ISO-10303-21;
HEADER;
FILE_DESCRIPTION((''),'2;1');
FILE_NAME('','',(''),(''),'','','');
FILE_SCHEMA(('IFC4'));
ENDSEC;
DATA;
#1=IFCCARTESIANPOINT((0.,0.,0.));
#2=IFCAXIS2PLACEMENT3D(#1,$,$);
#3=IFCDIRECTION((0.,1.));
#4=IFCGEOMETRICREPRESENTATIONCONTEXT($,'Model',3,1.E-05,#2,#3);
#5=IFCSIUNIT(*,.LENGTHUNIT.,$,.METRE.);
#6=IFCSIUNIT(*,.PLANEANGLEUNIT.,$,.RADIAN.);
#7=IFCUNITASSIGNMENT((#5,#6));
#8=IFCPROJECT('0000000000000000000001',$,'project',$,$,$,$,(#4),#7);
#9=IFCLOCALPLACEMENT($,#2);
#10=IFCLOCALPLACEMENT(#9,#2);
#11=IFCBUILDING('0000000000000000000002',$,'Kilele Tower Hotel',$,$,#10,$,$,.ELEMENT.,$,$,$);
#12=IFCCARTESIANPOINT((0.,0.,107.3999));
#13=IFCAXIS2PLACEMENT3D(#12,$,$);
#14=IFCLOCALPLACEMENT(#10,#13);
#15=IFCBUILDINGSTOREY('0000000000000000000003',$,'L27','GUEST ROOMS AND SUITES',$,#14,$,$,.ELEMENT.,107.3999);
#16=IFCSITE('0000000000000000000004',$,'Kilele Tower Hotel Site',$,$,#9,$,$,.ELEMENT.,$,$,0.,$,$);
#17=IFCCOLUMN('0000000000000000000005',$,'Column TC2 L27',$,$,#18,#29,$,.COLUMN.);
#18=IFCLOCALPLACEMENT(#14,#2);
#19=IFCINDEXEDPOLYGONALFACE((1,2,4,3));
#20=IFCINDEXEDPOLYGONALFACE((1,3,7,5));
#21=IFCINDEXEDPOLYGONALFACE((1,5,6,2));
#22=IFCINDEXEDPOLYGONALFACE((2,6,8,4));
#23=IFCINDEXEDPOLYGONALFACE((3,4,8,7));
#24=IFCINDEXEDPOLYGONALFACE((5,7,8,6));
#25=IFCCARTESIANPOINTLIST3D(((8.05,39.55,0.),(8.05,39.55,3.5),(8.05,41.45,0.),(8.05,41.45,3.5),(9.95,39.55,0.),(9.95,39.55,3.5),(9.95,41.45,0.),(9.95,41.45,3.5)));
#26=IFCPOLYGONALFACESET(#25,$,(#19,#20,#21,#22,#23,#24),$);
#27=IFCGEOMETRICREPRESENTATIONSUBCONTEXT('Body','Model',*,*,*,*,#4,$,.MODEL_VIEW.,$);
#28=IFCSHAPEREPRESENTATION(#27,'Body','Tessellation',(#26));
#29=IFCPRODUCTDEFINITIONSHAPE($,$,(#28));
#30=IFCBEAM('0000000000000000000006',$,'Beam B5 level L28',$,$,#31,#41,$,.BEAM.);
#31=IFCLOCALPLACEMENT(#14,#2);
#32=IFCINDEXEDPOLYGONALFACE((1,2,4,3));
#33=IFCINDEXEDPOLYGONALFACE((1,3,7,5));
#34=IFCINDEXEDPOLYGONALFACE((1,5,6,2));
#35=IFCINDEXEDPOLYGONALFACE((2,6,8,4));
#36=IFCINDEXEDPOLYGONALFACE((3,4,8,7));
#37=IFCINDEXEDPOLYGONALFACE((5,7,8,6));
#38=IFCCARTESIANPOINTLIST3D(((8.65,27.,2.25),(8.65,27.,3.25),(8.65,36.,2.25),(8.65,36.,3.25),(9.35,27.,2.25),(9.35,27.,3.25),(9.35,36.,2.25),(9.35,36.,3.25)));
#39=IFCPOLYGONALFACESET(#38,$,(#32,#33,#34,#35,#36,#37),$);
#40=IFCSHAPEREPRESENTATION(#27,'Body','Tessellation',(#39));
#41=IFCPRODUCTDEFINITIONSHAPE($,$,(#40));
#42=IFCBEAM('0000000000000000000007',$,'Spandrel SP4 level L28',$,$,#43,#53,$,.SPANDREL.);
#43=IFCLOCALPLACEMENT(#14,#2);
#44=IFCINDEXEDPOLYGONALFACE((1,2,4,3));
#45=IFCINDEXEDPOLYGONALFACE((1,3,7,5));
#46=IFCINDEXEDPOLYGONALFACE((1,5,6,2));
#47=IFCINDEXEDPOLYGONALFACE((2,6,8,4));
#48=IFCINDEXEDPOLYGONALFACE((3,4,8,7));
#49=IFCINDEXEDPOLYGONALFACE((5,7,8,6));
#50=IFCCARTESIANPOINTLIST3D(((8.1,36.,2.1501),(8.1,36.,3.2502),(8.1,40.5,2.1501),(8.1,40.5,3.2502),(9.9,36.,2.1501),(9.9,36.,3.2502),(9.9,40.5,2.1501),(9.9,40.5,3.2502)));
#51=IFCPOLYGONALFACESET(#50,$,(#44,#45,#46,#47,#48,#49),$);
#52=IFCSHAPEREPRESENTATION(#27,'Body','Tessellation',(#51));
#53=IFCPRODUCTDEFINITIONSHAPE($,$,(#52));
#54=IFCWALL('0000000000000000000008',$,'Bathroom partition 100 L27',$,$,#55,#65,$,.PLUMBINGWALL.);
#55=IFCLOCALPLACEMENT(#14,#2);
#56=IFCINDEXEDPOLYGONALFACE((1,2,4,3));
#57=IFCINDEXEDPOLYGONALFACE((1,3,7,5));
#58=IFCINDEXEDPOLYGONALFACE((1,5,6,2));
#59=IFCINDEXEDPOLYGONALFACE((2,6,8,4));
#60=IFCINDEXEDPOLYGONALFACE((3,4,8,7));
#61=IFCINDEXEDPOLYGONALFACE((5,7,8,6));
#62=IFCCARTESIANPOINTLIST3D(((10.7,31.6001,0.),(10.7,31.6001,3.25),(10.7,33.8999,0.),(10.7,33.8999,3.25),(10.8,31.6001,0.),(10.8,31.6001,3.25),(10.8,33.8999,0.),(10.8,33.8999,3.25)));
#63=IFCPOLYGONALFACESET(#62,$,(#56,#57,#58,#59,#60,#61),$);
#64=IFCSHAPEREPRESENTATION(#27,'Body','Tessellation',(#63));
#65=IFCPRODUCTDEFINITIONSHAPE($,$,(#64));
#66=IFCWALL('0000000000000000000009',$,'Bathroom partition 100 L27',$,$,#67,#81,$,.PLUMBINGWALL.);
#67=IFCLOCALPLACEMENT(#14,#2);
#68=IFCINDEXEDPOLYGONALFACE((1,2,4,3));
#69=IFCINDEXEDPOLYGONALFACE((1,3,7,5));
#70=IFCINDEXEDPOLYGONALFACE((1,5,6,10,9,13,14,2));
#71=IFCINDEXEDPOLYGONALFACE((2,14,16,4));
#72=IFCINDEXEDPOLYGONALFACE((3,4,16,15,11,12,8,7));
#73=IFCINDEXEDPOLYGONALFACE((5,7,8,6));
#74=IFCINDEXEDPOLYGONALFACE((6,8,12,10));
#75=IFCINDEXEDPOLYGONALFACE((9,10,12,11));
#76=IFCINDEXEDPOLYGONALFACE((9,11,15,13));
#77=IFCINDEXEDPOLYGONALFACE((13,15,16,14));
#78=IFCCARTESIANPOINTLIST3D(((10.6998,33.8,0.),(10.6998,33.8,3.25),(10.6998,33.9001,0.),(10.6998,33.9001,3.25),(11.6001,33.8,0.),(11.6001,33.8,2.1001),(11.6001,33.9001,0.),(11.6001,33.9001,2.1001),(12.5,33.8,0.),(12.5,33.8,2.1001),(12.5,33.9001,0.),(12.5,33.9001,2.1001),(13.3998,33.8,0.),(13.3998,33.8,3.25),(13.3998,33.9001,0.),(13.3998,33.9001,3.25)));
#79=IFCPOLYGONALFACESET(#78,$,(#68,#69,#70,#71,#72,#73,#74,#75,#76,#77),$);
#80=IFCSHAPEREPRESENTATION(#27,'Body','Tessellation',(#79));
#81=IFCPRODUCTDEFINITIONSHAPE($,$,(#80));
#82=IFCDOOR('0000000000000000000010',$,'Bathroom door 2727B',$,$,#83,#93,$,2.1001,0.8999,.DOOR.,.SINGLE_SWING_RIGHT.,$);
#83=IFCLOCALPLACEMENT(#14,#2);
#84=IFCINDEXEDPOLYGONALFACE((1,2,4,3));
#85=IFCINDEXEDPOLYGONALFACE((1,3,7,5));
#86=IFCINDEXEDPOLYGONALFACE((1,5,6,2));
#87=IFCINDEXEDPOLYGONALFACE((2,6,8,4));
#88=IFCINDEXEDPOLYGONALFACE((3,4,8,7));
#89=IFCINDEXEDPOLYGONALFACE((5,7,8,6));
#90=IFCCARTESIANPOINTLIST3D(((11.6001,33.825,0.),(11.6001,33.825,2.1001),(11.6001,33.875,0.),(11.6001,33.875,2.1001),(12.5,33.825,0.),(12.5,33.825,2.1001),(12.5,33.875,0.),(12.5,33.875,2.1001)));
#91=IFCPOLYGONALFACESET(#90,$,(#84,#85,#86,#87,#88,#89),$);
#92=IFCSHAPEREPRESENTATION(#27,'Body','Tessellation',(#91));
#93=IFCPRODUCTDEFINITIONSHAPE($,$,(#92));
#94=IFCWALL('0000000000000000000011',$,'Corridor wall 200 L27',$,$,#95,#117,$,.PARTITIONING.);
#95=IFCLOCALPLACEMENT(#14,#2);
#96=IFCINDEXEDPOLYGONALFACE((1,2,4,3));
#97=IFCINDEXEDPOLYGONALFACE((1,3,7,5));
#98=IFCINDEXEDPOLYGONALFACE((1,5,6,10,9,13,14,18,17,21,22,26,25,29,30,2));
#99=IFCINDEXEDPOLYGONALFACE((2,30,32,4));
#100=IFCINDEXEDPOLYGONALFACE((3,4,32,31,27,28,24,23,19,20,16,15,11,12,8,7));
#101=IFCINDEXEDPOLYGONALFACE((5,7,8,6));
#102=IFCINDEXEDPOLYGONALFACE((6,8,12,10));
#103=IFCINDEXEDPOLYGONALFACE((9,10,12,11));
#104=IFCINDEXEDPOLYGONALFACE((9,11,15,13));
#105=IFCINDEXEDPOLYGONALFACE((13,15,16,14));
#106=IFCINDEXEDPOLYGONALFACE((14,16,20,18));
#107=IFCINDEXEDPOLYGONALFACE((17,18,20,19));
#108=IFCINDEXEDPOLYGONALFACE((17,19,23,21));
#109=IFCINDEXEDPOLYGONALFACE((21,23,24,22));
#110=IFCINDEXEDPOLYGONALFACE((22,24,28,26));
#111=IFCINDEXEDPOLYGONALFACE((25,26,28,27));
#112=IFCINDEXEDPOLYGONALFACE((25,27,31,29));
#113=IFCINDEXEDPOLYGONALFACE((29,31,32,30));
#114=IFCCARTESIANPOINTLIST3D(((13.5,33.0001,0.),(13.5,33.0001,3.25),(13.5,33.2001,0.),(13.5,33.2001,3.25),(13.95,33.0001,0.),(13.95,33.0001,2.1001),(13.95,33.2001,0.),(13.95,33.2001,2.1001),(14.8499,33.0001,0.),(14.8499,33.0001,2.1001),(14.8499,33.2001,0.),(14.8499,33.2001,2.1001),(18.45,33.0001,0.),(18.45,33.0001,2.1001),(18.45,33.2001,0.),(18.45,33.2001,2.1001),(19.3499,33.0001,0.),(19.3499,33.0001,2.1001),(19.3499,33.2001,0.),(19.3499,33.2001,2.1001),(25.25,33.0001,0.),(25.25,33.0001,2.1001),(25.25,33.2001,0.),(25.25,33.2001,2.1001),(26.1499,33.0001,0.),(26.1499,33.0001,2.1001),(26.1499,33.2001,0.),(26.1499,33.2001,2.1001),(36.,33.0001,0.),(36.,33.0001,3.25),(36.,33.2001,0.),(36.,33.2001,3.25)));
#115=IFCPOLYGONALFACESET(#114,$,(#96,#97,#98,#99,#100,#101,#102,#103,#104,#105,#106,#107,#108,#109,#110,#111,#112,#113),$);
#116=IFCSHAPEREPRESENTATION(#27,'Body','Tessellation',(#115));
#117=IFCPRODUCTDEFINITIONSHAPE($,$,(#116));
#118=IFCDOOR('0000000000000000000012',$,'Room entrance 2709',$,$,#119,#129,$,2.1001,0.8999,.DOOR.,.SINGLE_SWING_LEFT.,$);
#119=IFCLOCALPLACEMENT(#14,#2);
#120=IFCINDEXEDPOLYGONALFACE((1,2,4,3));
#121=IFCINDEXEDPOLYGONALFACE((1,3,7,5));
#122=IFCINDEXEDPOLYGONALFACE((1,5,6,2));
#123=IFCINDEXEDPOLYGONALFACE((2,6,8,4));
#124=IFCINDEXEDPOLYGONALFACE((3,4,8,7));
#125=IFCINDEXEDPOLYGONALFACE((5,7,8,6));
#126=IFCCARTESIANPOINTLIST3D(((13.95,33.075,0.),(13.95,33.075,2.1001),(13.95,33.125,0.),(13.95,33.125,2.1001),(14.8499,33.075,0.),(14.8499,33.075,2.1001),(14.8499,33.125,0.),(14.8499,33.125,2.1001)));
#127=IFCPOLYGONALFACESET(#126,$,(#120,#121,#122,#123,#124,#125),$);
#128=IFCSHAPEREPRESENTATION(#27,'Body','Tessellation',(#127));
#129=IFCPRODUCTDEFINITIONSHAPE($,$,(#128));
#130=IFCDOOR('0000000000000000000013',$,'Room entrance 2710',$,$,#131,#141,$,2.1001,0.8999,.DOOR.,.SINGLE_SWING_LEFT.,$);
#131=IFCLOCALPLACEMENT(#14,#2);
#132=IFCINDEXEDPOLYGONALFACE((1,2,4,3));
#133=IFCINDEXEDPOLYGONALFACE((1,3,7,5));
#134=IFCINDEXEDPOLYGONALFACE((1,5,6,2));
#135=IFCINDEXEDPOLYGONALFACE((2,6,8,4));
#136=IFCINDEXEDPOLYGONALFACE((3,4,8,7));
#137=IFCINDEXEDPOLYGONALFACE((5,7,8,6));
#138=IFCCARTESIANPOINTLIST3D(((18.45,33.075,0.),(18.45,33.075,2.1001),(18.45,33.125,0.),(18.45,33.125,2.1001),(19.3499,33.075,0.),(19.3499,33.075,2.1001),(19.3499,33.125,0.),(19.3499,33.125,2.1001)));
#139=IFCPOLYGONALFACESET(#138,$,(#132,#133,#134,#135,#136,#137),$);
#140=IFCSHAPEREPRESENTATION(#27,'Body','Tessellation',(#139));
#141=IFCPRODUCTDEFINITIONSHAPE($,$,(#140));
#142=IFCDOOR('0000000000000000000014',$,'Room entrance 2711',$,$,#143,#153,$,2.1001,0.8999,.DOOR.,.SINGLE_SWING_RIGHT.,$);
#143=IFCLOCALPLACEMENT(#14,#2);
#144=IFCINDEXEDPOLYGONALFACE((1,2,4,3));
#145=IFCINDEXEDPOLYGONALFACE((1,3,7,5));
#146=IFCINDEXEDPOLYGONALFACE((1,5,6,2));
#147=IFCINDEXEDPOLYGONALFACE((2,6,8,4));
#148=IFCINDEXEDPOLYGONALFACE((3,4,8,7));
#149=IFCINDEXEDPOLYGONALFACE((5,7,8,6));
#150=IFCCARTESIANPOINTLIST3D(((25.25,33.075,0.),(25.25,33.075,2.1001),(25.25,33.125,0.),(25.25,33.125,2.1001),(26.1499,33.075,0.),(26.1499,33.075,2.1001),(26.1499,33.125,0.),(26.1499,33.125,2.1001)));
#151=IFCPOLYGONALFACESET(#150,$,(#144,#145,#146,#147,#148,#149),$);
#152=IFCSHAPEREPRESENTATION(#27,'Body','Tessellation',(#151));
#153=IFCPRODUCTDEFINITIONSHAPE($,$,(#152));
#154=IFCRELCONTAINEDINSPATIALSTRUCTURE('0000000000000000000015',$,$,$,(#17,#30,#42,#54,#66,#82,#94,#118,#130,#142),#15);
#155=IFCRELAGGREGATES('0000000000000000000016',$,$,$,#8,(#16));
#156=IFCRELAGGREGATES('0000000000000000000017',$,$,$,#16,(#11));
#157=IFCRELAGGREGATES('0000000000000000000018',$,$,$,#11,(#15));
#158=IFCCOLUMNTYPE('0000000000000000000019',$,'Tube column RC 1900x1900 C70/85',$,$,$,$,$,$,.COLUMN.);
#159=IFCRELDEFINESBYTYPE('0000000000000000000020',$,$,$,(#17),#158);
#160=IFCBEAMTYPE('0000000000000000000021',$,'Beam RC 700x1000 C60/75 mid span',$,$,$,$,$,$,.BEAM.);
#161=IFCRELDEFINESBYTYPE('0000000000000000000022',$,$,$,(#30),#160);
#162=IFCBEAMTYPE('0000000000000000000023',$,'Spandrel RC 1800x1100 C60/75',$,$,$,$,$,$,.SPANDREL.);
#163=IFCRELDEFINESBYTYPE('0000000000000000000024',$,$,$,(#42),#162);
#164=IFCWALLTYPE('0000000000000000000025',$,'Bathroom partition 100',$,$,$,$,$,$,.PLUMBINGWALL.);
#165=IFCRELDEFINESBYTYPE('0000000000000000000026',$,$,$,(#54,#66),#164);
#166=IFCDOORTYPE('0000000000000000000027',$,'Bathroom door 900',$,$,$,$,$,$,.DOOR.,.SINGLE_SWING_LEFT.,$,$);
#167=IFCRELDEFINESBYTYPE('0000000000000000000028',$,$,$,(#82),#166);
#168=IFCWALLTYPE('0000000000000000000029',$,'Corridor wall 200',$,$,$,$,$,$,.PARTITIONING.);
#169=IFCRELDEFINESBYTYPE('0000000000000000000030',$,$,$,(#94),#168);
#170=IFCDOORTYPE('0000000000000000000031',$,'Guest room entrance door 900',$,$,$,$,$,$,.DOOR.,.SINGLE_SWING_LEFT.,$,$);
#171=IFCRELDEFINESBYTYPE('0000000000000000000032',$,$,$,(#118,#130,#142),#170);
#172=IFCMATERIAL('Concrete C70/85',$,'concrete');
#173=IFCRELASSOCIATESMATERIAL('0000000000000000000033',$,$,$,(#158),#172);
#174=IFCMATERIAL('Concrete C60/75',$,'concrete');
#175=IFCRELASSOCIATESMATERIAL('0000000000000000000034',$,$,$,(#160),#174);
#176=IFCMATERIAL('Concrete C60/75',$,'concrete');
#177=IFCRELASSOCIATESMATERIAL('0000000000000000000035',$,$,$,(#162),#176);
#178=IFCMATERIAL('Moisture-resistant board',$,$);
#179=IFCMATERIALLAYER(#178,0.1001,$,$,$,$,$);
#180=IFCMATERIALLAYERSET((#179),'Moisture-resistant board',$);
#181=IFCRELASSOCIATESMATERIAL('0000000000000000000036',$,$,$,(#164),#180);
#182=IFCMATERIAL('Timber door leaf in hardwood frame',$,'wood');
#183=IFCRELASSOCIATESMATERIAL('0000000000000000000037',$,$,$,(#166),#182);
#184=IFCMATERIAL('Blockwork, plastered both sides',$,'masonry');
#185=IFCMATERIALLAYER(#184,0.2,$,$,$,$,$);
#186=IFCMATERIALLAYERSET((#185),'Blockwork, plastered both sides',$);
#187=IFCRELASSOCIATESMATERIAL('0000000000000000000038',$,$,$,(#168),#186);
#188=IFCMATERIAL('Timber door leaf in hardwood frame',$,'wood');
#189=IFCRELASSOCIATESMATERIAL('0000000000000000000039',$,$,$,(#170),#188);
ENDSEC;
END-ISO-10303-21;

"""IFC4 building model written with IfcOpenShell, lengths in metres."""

from ifc_helpers import new_model, si_unit, direction, frame, frame_2d, origin, origin_2d, place, context, subcontext, project, spatial, rectangle, extrude, material, layer, layer_set, material_profile, profile_set, type_object, element, fill, save


model = new_model("IFC4")

# Units and contexts
model_context = context("Model", 3, precision=1e-05, world=origin(), true_north=direction((0.0, 1.0)))
body_context = subcontext(model_context, "Body", "Model", "MODEL_VIEW")
ifc_project = project(units=[si_unit("LENGTHUNIT", "METRE"), si_unit("PLANEANGLEUNIT", "RADIAN")], contexts=[model_context])

# Site, building, storey
site_placement = place(None, origin())
site = spatial("IfcSite", under=ifc_project, at=site_placement, Name="Kilele Tower Hotel Site", CompositionType="ELEMENT", RefElevation=0.0)
building_placement = place(site_placement, origin())
building = spatial("IfcBuilding", under=site, at=building_placement, Name="Kilele Tower Hotel", CompositionType="ELEMENT")
storey_placement = place(building_placement, frame((0.0, 0.0, 107.3999)))
storey = spatial("IfcBuildingStorey", under=building, at=storey_placement, Name="L27", Description="GUEST ROOMS AND SUITES", CompositionType="ELEMENT", Elevation=107.3999)

# Column
ifc_material_1 = material(Name="Concrete C70/85", Category="concrete")
ifc_material_profile_1 = material_profile(ifc_material_1, rectangle(XDim=1.8999, YDim=1.8999, at=origin_2d()))
ifc_profile_set_1 = profile_set([ifc_material_profile_1], Name="Concrete C70/85")
column_type = type_object("IfcColumnType", Name="Tube column RC 1900x1900 C70/85", PredefinedType="COLUMN", material=ifc_profile_set_1)
column_placement = place(storey_placement, frame((9.0, 40.5, 0.0), z_axis=(0.0, 0.0, 1.0), x_axis=(1.0, 0.0, 0.0)))
element("IfcColumn", 1, at=column_placement, inside=storey, type_object=column_type, Name="Column TC2 L27", PredefinedType="COLUMN", context=body_context, shape_type="SweptSolid", body=[
    extrude(rectangle(XDim=1.8999, YDim=1.8999, at=origin_2d()), origin(), (0.0, 0.0, 1.0), 3.5),
])

# Beams
ifc_material_2 = material(Name="Concrete C60/75", Category="concrete")
ifc_material_profile_2 = material_profile(ifc_material_2, rectangle(XDim=0.7, YDim=1.0, at=origin_2d()))
ifc_profile_set_2 = profile_set([ifc_material_profile_2], Name="Concrete C60/75")
beam_type_1 = type_object("IfcBeamType", Name="Beam RC 700x1000 C60/75 mid span", PredefinedType="BEAM", material=ifc_profile_set_2)
beam_1_placement = place(storey_placement, frame((9.0, 36.0, 2.75), z_axis=(0.0, -1.0, 0.0), x_axis=(1.0, 0.0, 0.0)))
element("IfcBeam", 2, at=beam_1_placement, inside=storey, type_object=beam_type_1, Name="Beam B5 level L28", PredefinedType="BEAM", context=body_context, shape_type="SweptSolid", body=[
    extrude(rectangle(XDim=0.7, YDim=1.0, at=origin_2d()), origin(), (0.0, 0.0, 1.0), 9.0),
])
ifc_material_3 = material(Name="Concrete C60/75", Category="concrete")
ifc_material_profile_3 = material_profile(ifc_material_3, rectangle(XDim=1.8, YDim=1.1001, at=origin_2d()))
ifc_profile_set_3 = profile_set([ifc_material_profile_3], Name="Concrete C60/75")
beam_type_2 = type_object("IfcBeamType", Name="Spandrel RC 1800x1100 C60/75", PredefinedType="SPANDREL", material=ifc_profile_set_3)
beam_2_placement = place(storey_placement, frame((9.0, 40.5, 2.7002), z_axis=(0.0, -1.0, 0.0), x_axis=(1.0, 0.0, 0.0)))
element("IfcBeam", 3, at=beam_2_placement, inside=storey, type_object=beam_type_2, Name="Spandrel SP4 level L28", PredefinedType="SPANDREL", context=body_context, shape_type="SweptSolid", body=[
    extrude(rectangle(XDim=1.8, YDim=1.1001, at=origin_2d()), origin(), (0.0, 0.0, 1.0), 4.5),
])

# Wall
ifc_material_4 = material(Name="Moisture-resistant board")
ifc_layer_1 = layer(ifc_material_4, 0.1001)
ifc_layer_set_1 = layer_set([ifc_layer_1], Name="Moisture-resistant board")
wall_type_1 = type_object("IfcWallType", Name="Bathroom partition 100", PredefinedType="PLUMBINGWALL", material=ifc_layer_set_1)
wall_1_placement = place(storey_placement, frame((10.75, 31.6001, 0.0), z_axis=(0.0, 0.0, 1.0), x_axis=(0.0, 1.0, 0.0)))
element("IfcWall", 4, at=wall_1_placement, inside=storey, type_object=wall_type_1, Name="Bathroom partition 100 L27", PredefinedType="PLUMBINGWALL", context=body_context, shape_type="SweptSolid", body=[
    extrude(rectangle(XDim=2.2998, YDim=0.1001, at=frame_2d((1.1499, 0.0))), origin(), (0.0, 0.0, 1.0), 3.25),
])

# Wall, opening, door
wall_2_placement = place(storey_placement, frame((13.3999, 33.8501, 0.0), z_axis=(0.0, 0.0, 1.0), x_axis=(-1.0, 0.0, 0.0)))
wall_2 = element("IfcWall", 5, at=wall_2_placement, inside=storey, type_object=wall_type_1, Name="Bathroom partition 100 L27", PredefinedType="PLUMBINGWALL", context=body_context, shape_type="SweptSolid", body=[
    extrude(rectangle(XDim=2.7, YDim=0.1001, at=frame_2d((1.3501, 0.0))), origin(), (0.0, 0.0, 1.0), 3.25),
])
opening_1_placement = place(wall_2_placement, frame((1.7998, 0.0, 0.0), z_axis=(0.0, 0.0, 1.0), x_axis=(-1.0, 0.0, 0.0)))
opening_1 = element("IfcOpeningElement", 6, at=opening_1_placement, cuts=wall_2, PredefinedType="OPENING", context=body_context, shape_type="SweptSolid", body=[
    extrude(rectangle(XDim=0.8999, YDim=2.1001, at=frame_2d((0.45, 1.05))), frame((0.0, 0.0601, 0.0), z_axis=(0.0, -1.0, 0.0), x_axis=(1.0, 0.0, 0.0)), (0.0, 0.0, 1.0), 0.1201),
])
ifc_material_5 = material(Name="Timber door leaf in hardwood frame", Category="wood")
door_type_1 = type_object("IfcDoorType", Name="Bathroom door 900", OperationType="SINGLE_SWING_LEFT", PredefinedType="DOOR", material=ifc_material_5)
door_1_placement = place(opening_1_placement, origin())
door_1 = element("IfcDoor", 7, at=door_1_placement, inside=storey, type_object=door_type_1, Name="Bathroom door 2727B", OperationType="SINGLE_SWING_RIGHT", OverallHeight=2.1001, OverallWidth=0.8999, PredefinedType="DOOR", context=body_context, shape_type="SweptSolid", body=[
    extrude(rectangle(XDim=0.8999, YDim=2.1001, at=frame_2d((0.45, 1.05))), frame((0.0, 0.0249, 0.0), z_axis=(0.0, -1.0, 0.0), x_axis=(1.0, 0.0, 0.0)), (0.0, 0.0, 1.0), 0.05),
])
fill(opening_1, door_1)

# Wall, openings, doors
ifc_material_6 = material(Name="Blockwork, plastered both sides", Category="masonry")
ifc_layer_2 = layer(ifc_material_6, 0.2)
ifc_layer_set_2 = layer_set([ifc_layer_2], Name="Blockwork, plastered both sides")
wall_type_2 = type_object("IfcWallType", Name="Corridor wall 200", PredefinedType="PARTITIONING", material=ifc_layer_set_2)
wall_3_placement = place(storey_placement, frame((13.5, 33.1001, 0.0), z_axis=(0.0, 0.0, 1.0), x_axis=(1.0, 0.0, 0.0)))
wall_3 = element("IfcWall", 8, at=wall_3_placement, inside=storey, type_object=wall_type_2, Name="Corridor wall 200 L27", PredefinedType="PARTITIONING", context=body_context, shape_type="SweptSolid", body=[
    extrude(rectangle(XDim=22.5, YDim=0.2, at=frame_2d((11.25, 0.0))), origin(), (0.0, 0.0, 1.0), 3.25),
])
opening_2_placement = place(wall_3_placement, frame((0.45, 0.0, 0.0)))
opening_2 = element("IfcOpeningElement", 9, at=opening_2_placement, cuts=wall_3, PredefinedType="OPENING", context=body_context, shape_type="SweptSolid", body=[
    extrude(rectangle(XDim=0.8999, YDim=2.1001, at=frame_2d((0.45, 1.05))), frame((0.0, 0.1099, 0.0), z_axis=(0.0, -1.0, 0.0), x_axis=(1.0, 0.0, 0.0)), (0.0, 0.0, 1.0), 0.22),
])
opening_3_placement = place(wall_3_placement, frame((4.95, 0.0, 0.0)))
opening_3 = element("IfcOpeningElement", 10, at=opening_3_placement, cuts=wall_3, PredefinedType="OPENING", context=body_context, shape_type="SweptSolid", body=[
    extrude(rectangle(XDim=0.8999, YDim=2.1001, at=frame_2d((0.45, 1.05))), frame((0.0, 0.1099, 0.0), z_axis=(0.0, -1.0, 0.0), x_axis=(1.0, 0.0, 0.0)), (0.0, 0.0, 1.0), 0.22),
])
opening_4_placement = place(wall_3_placement, frame((11.75, 0.0, 0.0)))
opening_4 = element("IfcOpeningElement", 11, at=opening_4_placement, cuts=wall_3, PredefinedType="OPENING", context=body_context, shape_type="SweptSolid", body=[
    extrude(rectangle(XDim=0.8999, YDim=2.1001, at=frame_2d((0.45, 1.05))), frame((0.0, 0.1099, 0.0), z_axis=(0.0, -1.0, 0.0), x_axis=(1.0, 0.0, 0.0)), (0.0, 0.0, 1.0), 0.22),
])
ifc_material_7 = material(Name="Timber door leaf in hardwood frame", Category="wood")
door_type_2 = type_object("IfcDoorType", Name="Guest room entrance door 900", OperationType="SINGLE_SWING_LEFT", PredefinedType="DOOR", material=ifc_material_7)
door_2_placement = place(opening_2_placement, origin())
door_2 = element("IfcDoor", 12, at=door_2_placement, inside=storey, type_object=door_type_2, Name="Room entrance 2709", OperationType="SINGLE_SWING_LEFT", OverallHeight=2.1001, OverallWidth=0.8999, PredefinedType="DOOR", context=body_context, shape_type="SweptSolid", body=[
    extrude(rectangle(XDim=0.8999, YDim=2.1001, at=frame_2d((0.45, 1.05))), frame((0.0, 0.0249, 0.0), z_axis=(0.0, -1.0, 0.0), x_axis=(1.0, 0.0, 0.0)), (0.0, 0.0, 1.0), 0.05),
])
fill(opening_2, door_2)
door_3_placement = place(opening_3_placement, origin())
door_3 = element("IfcDoor", 13, at=door_3_placement, inside=storey, type_object=door_type_2, Name="Room entrance 2710", OperationType="SINGLE_SWING_LEFT", OverallHeight=2.1001, OverallWidth=0.8999, PredefinedType="DOOR", context=body_context, shape_type="SweptSolid", body=[
    extrude(rectangle(XDim=0.8999, YDim=2.1001, at=frame_2d((0.45, 1.05))), frame((0.0, 0.0249, 0.0), z_axis=(0.0, -1.0, 0.0), x_axis=(1.0, 0.0, 0.0)), (0.0, 0.0, 1.0), 0.05),
])
fill(opening_3, door_3)
door_4_placement = place(opening_4_placement, origin())
door_4 = element("IfcDoor", 14, at=door_4_placement, inside=storey, type_object=door_type_2, Name="Room entrance 2711", OperationType="SINGLE_SWING_RIGHT", OverallHeight=2.1001, OverallWidth=0.8999, PredefinedType="DOOR", context=body_context, shape_type="SweptSolid", body=[
    extrude(rectangle(XDim=0.8999, YDim=2.1001, at=frame_2d((0.45, 1.05))), frame((0.0, 0.0249, 0.0), z_axis=(0.0, -1.0, 0.0), x_axis=(1.0, 0.0, 0.0)), (0.0, 0.0, 1.0), 0.05),
])
fill(opening_4, door_4)

save(model, "model.ifc")
